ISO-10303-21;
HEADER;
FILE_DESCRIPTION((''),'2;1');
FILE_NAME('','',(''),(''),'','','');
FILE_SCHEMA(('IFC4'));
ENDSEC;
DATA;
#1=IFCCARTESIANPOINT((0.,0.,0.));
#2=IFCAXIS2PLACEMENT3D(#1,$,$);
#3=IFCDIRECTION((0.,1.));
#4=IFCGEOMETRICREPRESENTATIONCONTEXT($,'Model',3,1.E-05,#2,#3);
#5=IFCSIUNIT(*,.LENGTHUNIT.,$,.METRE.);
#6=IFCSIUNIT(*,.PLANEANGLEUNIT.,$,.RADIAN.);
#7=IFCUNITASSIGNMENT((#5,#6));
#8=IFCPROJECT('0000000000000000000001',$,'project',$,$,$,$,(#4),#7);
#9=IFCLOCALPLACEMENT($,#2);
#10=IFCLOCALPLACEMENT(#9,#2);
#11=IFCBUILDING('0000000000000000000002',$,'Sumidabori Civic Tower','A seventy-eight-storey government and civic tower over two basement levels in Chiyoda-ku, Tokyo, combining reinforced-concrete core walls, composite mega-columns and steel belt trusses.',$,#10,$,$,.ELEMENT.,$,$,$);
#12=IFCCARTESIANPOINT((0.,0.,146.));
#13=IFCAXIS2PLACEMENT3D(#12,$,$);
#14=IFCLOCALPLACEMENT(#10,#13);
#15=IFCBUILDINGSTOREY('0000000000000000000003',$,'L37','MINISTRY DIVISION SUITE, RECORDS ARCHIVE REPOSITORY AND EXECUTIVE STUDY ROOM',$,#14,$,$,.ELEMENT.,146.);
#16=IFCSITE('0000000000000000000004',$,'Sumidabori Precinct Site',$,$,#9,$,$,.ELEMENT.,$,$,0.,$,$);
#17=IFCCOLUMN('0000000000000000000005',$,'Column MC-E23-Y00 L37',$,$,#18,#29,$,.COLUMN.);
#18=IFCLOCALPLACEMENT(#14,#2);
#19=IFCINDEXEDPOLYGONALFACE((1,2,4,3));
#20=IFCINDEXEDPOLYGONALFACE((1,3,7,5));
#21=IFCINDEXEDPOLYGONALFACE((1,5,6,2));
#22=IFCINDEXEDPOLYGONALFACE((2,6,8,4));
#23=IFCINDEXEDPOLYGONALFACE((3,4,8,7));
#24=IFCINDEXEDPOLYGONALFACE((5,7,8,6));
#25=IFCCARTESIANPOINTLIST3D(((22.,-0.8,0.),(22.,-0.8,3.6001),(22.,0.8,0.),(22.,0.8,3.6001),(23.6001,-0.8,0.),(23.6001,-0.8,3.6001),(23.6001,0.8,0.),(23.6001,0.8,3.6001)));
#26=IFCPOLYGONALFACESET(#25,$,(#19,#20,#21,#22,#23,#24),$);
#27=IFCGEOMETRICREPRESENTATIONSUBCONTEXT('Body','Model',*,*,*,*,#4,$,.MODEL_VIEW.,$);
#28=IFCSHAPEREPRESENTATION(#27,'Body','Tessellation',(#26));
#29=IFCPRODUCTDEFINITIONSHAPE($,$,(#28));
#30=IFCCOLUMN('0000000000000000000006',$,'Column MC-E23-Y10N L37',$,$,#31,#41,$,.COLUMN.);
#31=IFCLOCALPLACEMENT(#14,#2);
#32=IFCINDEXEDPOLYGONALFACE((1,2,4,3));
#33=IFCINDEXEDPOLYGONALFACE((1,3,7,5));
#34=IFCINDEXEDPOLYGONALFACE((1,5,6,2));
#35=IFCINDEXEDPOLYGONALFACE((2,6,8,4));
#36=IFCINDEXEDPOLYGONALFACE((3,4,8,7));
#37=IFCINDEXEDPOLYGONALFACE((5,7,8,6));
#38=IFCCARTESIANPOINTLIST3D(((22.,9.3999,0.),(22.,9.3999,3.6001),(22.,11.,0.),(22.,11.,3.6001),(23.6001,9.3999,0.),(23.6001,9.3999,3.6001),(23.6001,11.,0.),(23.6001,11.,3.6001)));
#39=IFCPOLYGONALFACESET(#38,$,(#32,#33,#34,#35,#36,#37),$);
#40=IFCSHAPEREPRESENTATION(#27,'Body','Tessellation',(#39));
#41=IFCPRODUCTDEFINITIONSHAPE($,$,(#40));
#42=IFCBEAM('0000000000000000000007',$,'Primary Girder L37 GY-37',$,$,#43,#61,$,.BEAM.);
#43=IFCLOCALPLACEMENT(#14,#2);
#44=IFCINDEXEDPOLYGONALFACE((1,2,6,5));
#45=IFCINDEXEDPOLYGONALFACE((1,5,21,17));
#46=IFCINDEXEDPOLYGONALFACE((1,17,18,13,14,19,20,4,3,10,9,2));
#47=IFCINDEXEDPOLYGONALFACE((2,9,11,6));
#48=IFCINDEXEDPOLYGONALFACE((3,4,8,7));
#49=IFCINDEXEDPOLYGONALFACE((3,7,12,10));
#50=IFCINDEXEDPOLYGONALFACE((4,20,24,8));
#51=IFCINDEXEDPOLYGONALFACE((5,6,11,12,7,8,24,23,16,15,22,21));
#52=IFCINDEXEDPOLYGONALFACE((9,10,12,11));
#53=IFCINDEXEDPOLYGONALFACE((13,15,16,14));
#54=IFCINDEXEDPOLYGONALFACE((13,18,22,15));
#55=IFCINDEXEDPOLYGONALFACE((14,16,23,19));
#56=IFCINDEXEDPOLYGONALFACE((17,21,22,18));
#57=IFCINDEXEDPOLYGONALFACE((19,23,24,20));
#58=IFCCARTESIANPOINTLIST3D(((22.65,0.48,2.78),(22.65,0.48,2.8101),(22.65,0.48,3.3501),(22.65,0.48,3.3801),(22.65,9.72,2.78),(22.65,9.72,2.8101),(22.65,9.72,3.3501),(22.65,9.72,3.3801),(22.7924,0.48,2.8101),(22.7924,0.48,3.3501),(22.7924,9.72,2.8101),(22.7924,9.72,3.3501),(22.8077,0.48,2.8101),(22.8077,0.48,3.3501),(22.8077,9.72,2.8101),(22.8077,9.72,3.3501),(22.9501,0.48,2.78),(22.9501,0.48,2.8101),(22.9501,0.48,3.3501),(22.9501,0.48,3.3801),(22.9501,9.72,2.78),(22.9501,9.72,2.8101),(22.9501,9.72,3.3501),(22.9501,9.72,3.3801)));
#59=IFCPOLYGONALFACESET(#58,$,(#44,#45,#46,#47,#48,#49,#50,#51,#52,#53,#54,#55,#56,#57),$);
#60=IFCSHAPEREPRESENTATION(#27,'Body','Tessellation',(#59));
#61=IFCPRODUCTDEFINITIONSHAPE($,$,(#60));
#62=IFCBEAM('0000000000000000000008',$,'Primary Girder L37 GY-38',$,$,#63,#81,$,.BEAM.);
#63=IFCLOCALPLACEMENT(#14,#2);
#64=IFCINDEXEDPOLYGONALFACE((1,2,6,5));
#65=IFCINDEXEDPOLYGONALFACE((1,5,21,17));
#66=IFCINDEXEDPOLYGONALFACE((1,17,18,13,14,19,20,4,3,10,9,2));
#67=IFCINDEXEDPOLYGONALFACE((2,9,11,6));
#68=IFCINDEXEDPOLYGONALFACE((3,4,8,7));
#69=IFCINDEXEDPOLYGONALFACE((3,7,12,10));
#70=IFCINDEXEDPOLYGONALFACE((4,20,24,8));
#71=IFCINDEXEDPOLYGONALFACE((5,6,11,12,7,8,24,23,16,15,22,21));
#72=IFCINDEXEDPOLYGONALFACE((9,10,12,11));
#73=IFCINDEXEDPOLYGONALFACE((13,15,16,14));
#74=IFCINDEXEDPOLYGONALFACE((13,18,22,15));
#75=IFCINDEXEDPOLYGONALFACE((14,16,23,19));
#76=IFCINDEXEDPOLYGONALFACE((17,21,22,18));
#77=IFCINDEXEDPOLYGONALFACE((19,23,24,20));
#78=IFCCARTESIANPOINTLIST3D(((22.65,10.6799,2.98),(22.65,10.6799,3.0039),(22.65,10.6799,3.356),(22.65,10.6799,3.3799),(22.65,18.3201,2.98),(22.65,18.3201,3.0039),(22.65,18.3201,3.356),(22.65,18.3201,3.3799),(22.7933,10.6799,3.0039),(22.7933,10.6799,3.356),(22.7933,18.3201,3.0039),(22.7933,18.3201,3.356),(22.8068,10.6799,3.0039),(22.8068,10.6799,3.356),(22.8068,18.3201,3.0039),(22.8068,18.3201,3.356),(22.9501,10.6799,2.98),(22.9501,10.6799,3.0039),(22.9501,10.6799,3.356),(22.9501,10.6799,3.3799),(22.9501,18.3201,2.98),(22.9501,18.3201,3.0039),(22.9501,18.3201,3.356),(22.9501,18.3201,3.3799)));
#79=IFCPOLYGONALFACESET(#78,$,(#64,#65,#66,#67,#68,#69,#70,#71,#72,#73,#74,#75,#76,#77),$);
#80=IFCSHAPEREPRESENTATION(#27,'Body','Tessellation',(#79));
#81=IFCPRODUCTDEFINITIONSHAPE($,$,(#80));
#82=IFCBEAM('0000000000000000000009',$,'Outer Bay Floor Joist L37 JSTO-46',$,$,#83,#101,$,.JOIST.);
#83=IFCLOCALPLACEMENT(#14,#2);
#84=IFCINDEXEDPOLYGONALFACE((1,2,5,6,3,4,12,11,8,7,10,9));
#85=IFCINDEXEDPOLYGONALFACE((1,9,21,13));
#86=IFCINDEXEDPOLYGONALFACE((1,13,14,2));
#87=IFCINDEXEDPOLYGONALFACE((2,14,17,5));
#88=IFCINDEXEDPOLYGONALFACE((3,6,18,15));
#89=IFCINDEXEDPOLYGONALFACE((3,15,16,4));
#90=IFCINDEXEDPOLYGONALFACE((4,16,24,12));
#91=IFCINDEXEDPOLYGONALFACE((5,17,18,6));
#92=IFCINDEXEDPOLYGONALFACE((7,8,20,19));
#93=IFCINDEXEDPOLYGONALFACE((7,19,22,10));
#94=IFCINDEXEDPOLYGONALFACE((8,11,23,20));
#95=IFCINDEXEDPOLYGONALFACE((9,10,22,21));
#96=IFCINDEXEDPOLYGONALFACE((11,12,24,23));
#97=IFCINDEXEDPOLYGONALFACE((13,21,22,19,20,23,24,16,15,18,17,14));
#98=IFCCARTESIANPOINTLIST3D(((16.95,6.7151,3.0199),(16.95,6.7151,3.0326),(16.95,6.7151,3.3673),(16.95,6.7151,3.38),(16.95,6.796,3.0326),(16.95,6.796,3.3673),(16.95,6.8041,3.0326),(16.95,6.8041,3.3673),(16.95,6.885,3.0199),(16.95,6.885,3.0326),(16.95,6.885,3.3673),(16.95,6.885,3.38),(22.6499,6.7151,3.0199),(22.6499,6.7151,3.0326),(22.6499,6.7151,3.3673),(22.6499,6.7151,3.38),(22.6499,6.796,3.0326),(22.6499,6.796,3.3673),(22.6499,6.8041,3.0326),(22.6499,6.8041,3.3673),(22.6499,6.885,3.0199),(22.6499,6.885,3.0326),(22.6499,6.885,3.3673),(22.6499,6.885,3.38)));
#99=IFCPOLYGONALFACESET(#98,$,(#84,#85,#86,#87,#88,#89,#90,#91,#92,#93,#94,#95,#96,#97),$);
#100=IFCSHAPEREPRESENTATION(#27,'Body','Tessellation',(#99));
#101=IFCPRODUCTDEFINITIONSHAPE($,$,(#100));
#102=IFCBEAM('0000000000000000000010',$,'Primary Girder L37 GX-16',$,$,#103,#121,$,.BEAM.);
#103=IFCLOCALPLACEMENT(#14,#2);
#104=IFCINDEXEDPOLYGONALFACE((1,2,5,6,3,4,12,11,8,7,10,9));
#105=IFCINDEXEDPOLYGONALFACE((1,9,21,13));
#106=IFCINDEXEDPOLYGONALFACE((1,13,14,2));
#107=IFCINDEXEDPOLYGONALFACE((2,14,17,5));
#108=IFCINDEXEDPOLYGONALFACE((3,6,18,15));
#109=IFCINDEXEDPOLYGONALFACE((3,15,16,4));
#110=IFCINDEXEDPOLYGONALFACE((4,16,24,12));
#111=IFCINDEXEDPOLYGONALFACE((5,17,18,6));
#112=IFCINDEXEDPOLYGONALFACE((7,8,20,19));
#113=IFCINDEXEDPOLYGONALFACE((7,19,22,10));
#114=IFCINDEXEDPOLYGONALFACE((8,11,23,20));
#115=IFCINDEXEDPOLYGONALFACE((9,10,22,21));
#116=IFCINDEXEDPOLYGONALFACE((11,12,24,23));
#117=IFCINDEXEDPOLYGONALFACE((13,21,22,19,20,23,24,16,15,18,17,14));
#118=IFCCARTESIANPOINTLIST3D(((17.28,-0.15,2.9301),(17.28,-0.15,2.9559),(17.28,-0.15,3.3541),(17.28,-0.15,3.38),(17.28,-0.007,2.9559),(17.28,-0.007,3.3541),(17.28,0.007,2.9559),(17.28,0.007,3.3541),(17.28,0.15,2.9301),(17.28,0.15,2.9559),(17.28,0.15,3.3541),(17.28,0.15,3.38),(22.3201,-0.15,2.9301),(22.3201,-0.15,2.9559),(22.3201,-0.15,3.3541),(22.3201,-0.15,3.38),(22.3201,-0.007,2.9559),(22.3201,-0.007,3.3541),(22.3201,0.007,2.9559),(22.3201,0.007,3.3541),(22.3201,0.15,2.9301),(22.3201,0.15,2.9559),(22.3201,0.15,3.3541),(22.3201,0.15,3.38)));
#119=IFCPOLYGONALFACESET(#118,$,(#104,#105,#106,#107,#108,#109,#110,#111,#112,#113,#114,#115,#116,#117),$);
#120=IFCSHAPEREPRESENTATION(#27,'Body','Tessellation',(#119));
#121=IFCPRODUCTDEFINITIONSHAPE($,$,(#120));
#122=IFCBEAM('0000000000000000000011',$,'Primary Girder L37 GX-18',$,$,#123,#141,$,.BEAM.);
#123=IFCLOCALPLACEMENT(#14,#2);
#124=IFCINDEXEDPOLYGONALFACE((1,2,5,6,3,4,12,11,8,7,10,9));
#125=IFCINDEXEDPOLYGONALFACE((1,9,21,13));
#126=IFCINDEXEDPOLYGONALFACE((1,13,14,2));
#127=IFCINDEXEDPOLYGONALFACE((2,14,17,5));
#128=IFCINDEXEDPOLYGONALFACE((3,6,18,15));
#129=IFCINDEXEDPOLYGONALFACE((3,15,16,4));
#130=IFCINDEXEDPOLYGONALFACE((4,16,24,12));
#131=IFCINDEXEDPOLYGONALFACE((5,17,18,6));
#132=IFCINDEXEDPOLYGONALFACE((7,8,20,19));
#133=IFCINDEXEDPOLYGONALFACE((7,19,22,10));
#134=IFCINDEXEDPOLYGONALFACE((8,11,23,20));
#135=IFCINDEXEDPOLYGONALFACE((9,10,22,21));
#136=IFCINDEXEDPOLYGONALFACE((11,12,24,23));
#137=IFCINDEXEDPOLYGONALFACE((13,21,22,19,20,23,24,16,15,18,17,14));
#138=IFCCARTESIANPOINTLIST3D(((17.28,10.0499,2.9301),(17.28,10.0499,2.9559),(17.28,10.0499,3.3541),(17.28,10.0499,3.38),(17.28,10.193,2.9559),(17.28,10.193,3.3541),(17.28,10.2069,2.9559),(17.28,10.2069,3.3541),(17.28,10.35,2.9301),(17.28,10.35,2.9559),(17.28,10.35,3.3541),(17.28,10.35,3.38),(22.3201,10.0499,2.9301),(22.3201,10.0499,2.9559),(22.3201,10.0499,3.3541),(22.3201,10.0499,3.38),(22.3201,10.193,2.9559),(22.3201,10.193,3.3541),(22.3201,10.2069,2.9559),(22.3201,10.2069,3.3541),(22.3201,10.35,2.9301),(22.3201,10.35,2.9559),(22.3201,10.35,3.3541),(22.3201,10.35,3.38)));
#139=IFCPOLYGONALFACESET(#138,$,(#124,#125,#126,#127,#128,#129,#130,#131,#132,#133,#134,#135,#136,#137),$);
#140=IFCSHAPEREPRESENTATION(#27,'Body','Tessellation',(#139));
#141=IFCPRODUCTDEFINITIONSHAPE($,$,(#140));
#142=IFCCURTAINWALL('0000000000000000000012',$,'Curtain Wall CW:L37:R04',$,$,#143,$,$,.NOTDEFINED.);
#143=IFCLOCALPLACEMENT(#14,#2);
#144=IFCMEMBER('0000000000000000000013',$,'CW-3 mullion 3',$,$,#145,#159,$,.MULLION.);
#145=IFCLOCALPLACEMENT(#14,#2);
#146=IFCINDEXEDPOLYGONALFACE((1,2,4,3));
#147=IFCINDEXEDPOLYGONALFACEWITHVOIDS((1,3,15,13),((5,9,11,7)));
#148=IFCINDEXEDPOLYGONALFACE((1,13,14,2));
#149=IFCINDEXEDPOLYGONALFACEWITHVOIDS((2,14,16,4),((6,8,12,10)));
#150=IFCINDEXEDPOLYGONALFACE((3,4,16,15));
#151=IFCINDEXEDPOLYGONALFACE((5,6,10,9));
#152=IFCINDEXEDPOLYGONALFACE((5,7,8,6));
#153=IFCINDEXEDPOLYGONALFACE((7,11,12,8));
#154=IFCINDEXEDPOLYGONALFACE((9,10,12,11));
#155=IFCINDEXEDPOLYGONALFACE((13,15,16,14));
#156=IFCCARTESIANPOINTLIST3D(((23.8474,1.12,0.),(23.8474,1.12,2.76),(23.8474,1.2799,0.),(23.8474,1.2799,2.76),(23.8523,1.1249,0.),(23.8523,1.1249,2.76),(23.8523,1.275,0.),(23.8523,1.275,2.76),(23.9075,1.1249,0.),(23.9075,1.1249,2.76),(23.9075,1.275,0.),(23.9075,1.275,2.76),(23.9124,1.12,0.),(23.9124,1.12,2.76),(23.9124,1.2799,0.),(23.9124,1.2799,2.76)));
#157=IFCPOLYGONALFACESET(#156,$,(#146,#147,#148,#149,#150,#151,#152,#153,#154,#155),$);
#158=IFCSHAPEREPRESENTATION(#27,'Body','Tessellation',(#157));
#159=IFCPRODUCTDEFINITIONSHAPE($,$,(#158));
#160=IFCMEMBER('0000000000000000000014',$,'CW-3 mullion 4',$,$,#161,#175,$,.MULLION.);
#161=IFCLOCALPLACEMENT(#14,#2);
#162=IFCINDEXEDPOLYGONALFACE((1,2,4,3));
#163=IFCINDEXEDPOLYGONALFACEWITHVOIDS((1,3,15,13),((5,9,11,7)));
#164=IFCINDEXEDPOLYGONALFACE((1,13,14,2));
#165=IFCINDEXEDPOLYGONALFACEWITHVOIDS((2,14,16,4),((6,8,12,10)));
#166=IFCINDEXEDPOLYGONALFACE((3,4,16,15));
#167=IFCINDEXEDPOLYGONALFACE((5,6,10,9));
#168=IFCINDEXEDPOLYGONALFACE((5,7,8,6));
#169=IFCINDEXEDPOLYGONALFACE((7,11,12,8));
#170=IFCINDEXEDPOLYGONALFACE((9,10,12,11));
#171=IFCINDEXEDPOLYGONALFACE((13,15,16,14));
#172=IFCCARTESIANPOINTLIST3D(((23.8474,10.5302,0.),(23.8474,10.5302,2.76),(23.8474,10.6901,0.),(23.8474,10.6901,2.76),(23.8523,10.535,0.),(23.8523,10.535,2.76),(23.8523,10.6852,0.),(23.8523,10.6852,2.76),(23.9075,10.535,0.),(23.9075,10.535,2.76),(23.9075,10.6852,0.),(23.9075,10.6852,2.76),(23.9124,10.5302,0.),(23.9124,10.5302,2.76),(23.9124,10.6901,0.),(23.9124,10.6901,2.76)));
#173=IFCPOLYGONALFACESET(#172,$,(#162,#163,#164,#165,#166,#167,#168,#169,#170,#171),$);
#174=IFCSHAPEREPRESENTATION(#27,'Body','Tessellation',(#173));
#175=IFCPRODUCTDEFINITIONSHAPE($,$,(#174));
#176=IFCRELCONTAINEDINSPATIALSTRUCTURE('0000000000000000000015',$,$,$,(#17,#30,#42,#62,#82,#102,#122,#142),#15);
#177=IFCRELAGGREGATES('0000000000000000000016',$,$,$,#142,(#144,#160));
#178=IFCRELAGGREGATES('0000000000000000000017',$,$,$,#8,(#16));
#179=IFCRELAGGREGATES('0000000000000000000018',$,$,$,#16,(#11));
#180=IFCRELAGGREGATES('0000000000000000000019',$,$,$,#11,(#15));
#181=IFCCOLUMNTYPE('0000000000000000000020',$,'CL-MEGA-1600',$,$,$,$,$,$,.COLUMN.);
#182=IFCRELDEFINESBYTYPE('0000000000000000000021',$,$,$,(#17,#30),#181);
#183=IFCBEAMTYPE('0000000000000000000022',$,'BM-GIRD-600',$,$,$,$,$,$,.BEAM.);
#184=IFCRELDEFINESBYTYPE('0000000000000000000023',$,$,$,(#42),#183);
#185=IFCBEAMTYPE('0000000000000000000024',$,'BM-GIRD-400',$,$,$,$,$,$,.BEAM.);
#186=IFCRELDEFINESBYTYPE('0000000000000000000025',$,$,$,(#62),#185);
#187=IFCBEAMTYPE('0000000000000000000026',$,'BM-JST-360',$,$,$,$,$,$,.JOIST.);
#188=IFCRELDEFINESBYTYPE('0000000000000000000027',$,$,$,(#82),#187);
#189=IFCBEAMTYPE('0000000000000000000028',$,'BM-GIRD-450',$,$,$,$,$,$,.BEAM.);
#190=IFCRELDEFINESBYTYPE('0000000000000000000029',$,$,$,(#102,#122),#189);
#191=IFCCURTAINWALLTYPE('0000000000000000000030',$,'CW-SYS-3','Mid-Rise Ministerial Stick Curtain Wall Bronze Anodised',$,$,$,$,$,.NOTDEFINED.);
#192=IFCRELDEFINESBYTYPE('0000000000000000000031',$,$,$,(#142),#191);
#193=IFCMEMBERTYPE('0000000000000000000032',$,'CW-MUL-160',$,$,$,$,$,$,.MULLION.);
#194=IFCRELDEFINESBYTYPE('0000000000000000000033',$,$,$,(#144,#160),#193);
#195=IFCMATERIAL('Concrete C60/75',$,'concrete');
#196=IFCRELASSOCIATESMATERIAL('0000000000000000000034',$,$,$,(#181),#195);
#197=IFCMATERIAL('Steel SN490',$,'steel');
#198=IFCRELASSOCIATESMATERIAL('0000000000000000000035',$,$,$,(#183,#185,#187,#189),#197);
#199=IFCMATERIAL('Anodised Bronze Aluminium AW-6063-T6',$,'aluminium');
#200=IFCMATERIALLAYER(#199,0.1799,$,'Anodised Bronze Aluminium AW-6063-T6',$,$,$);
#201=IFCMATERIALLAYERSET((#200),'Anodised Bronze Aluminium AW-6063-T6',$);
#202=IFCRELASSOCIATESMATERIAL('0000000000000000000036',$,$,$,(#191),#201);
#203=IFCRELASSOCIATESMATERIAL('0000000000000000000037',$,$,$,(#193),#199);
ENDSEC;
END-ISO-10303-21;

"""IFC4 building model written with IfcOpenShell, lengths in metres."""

from ifc_helpers import new_model, si_unit, direction, frame, origin, origin_2d, place, context, subcontext, project, spatial, rectangle, hollow_rectangle, i_section, extrude, source, transform, mapped, material, layer, layer_set, material_profile, profile_set, type_object, element, aggregate, save


model = new_model("IFC4")

# Units and contexts
model_context = context("Model", 3, precision=1e-05, world=origin(), true_north=direction((0.0, 1.0)))
body_context = subcontext(model_context, "Body", "Model", "MODEL_VIEW")
ifc_project = project(units=[si_unit("LENGTHUNIT", "METRE"), si_unit("PLANEANGLEUNIT", "RADIAN")], contexts=[model_context])

# Site, building, storey
site_placement = place(None, origin())
site = spatial("IfcSite", under=ifc_project, at=site_placement, Name="Sumidabori Precinct Site", CompositionType="ELEMENT", RefElevation=0.0)
building_placement = place(site_placement, origin())
building = spatial("IfcBuilding", under=site, at=building_placement, Name="Sumidabori Civic Tower", Description="A seventy-eight-storey government and civic tower over two basement levels in Chiyoda-ku, Tokyo, combining reinforced-concrete core walls, composite mega-columns and steel belt trusses.", CompositionType="ELEMENT")
storey_placement = place(building_placement, frame((0.0, 0.0, 146.0)))
storey = spatial("IfcBuildingStorey", under=building, at=storey_placement, Name="L37", Description="MINISTRY DIVISION SUITE, RECORDS ARCHIVE REPOSITORY AND EXECUTIVE STUDY ROOM", CompositionType="ELEMENT", Elevation=146.0)

# Columns
ifc_material_1 = material(Name="Concrete C60/75", Category="concrete")
ifc_material_profile_1 = material_profile(ifc_material_1, rectangle(XDim=1.6001, YDim=1.6001, at=origin_2d()), Name="RC 1600x1600")
ifc_profile_set_1 = profile_set([ifc_material_profile_1], Name="Concrete C60/75")
column_type = type_object("IfcColumnType", Name="CL-MEGA-1600", PredefinedType="COLUMN", material=ifc_profile_set_1)
shared_shape_1 = source(origin(), body_context, "Body", "SweptSolid", [
    extrude(rectangle(XDim=1.6001, YDim=1.6001, at=origin_2d()), origin(), (0.0, 0.0, 1.0), 3.6001),
])
for number, where, z_axis, x_axis, name in (
    (1, (22.8, 0.0, 0.0), (0.0, 0.0, 1.0), (1.0, 0.0, 0.0), "Column MC-E23-Y00 L37"),
    (2, (22.8, 10.2, 0.0), (0.0, 0.0, 1.0), (1.0, 0.0, 0.0), "Column MC-E23-Y10N L37"),
):
    element("IfcColumn", number, at=place(storey_placement, frame(where, z_axis=z_axis, x_axis=x_axis)), inside=storey, type_object=column_type, Name=name, PredefinedType="COLUMN", context=body_context, shape_type="MappedRepresentation", body=[
        mapped(shared_shape_1, transform((0.0, 0.0, 0.0), x_axis=(1.0, 0.0, 0.0), y_axis=(0.0, 1.0, 0.0), z_axis=(0.0, 0.0, 1.0), scale=1.0)),
    ])

# Beams
ifc_material_2 = material(Name="Steel SN490", Category="steel")
ifc_material_profile_2 = material_profile(ifc_material_2, i_section(OverallWidth=0.3, OverallDepth=0.6001, WebThickness=0.0154, FlangeThickness=0.03, at=origin_2d()), Name="HE 600 B")
ifc_profile_set_2 = profile_set([ifc_material_profile_2], Name="Steel SN490")
beam_type_1 = type_object("IfcBeamType", Name="BM-GIRD-600", PredefinedType="BEAM", material=ifc_profile_set_2)
shared_shape_2 = source(origin(), body_context, "Body", "SweptSolid", [
    extrude(i_section(OverallWidth=0.3, OverallDepth=0.6001, WebThickness=0.0154, FlangeThickness=0.03, at=origin_2d()), origin(), (0.0, 0.0, 1.0), 9.24),
])
beam_1_placement = place(storey_placement, frame((22.8, 0.48, 3.0801), z_axis=(0.0, 1.0, 0.0), x_axis=(-1.0, 0.0, 0.0)))
element("IfcBeam", 3, at=beam_1_placement, inside=storey, type_object=beam_type_1, Name="Primary Girder L37 GY-37", PredefinedType="BEAM", context=body_context, shape_type="MappedRepresentation", body=[
    mapped(shared_shape_2, transform((0.0, 0.0, 0.0), x_axis=(1.0, 0.0, 0.0), y_axis=(0.0, 1.0, 0.0), z_axis=(0.0, 0.0, 1.0), scale=1.0)),
])
ifc_material_profile_3 = material_profile(ifc_material_2, i_section(OverallWidth=0.3, OverallDepth=0.3999, WebThickness=0.0134, FlangeThickness=0.0239, at=origin_2d()), Name="HE 400 B")
ifc_profile_set_3 = profile_set([ifc_material_profile_3], Name="Steel SN490")
beam_type_2 = type_object("IfcBeamType", Name="BM-GIRD-400", PredefinedType="BEAM", material=ifc_profile_set_3)
shared_shape_3 = source(origin(), body_context, "Body", "SweptSolid", [
    extrude(i_section(OverallWidth=0.3, OverallDepth=0.3999, WebThickness=0.0134, FlangeThickness=0.0239, at=origin_2d()), origin(), (0.0, 0.0, 1.0), 7.6401),
])
beam_2_placement = place(storey_placement, frame((22.8, 10.6799, 3.1799), z_axis=(0.0, 1.0, 0.0), x_axis=(-1.0, 0.0, 0.0)))
element("IfcBeam", 4, at=beam_2_placement, inside=storey, type_object=beam_type_2, Name="Primary Girder L37 GY-38", PredefinedType="BEAM", context=body_context, shape_type="MappedRepresentation", body=[
    mapped(shared_shape_3, transform((0.0, 0.0, 0.0), x_axis=(1.0, 0.0, 0.0), y_axis=(0.0, 1.0, 0.0), z_axis=(0.0, 0.0, 1.0), scale=1.0)),
])
ifc_material_profile_4 = material_profile(ifc_material_2, i_section(OverallWidth=0.1699, OverallDepth=0.3601, WebThickness=0.0081, FlangeThickness=0.0127, at=origin_2d()), Name="IPE 360")
ifc_profile_set_4 = profile_set([ifc_material_profile_4], Name="Steel SN490")
beam_type_3 = type_object("IfcBeamType", Name="BM-JST-360", PredefinedType="JOIST", material=ifc_profile_set_4)
shared_shape_4 = source(origin(), body_context, "Body", "SweptSolid", [
    extrude(i_section(OverallWidth=0.1699, OverallDepth=0.3601, WebThickness=0.0081, FlangeThickness=0.0127, at=origin_2d()), origin(), (0.0, 0.0, 1.0), 5.7),
])
beam_3_placement = place(storey_placement, frame((16.95, 6.8, 3.2), z_axis=(1.0, 0.0, 0.0), x_axis=(0.0, 1.0, 0.0)))
element("IfcBeam", 5, at=beam_3_placement, inside=storey, type_object=beam_type_3, Name="Outer Bay Floor Joist L37 JSTO-46", PredefinedType="JOIST", context=body_context, shape_type="MappedRepresentation", body=[
    mapped(shared_shape_4, transform((0.0, 0.0, 0.0), x_axis=(1.0, 0.0, 0.0), y_axis=(0.0, 1.0, 0.0), z_axis=(0.0, 0.0, 1.0), scale=1.0)),
])
ifc_material_profile_5 = material_profile(ifc_material_2, i_section(OverallWidth=0.3, OverallDepth=0.45, WebThickness=0.0139, FlangeThickness=0.0259, at=origin_2d()), Name="HE 450 B")
ifc_profile_set_5 = profile_set([ifc_material_profile_5], Name="Steel SN490")
beam_type_4 = type_object("IfcBeamType", Name="BM-GIRD-450", PredefinedType="BEAM", material=ifc_profile_set_5)
shared_shape_5 = source(origin(), body_context, "Body", "SweptSolid", [
    extrude(i_section(OverallWidth=0.3, OverallDepth=0.45, WebThickness=0.0139, FlangeThickness=0.0259, at=origin_2d()), origin(), (0.0, 0.0, 1.0), 5.04),
])
for number, where, z_axis, x_axis, name in (
    (6, (17.28, 0.0, 3.155), (1.0, 0.0, 0.0), (0.0, 1.0, 0.0), "Primary Girder L37 GX-16"),
    (7, (17.28, 10.2, 3.155), (1.0, 0.0, 0.0), (0.0, 1.0, 0.0), "Primary Girder L37 GX-18"),
):
    element("IfcBeam", number, at=place(storey_placement, frame(where, z_axis=z_axis, x_axis=x_axis)), inside=storey, type_object=beam_type_4, Name=name, PredefinedType="BEAM", context=body_context, shape_type="MappedRepresentation", body=[
        mapped(shared_shape_5, transform((0.0, 0.0, 0.0), x_axis=(1.0, 0.0, 0.0), y_axis=(0.0, 1.0, 0.0), z_axis=(0.0, 0.0, 1.0), scale=1.0)),
    ])

# Curtain wall, members
ifc_material_3 = material(Name="Anodised Bronze Aluminium AW-6063-T6", Category="aluminium")
ifc_layer_1 = layer(ifc_material_3, 0.1799, Name="Anodised Bronze Aluminium AW-6063-T6")
ifc_layer_set_1 = layer_set([ifc_layer_1], Name="Anodised Bronze Aluminium AW-6063-T6")
curtain_wall_type = type_object("IfcCurtainWallType", Name="CW-SYS-3", Description="Mid-Rise Ministerial Stick Curtain Wall Bronze Anodised", PredefinedType="NOTDEFINED", material=ifc_layer_set_1)
curtain_wall_placement = place(storey_placement, origin())
curtain_wall = element("IfcCurtainWall", 8, at=curtain_wall_placement, inside=storey, type_object=curtain_wall_type, Name="Curtain Wall CW:L37:R04", PredefinedType="NOTDEFINED")
ifc_material_profile_6 = material_profile(ifc_material_3, hollow_rectangle(XDim=0.0649, YDim=0.1599, WallThickness=0.0049, at=origin_2d()), Name="ALU MULLION 160x65")
ifc_profile_set_6 = profile_set([ifc_material_profile_6], Name="Anodised Bronze Aluminium AW-6063-T6")
member_type_1 = type_object("IfcMemberType", Name="CW-MUL-160", PredefinedType="MULLION", material=ifc_profile_set_6)
shared_shape_6 = source(origin(), body_context, "Body", "SweptSolid", [
    extrude(hollow_rectangle(XDim=0.0649, YDim=0.1599, WallThickness=0.0049, at=origin_2d()), origin(), (0.0, 0.0, 1.0), 2.76),
])
member_1_placement = place(storey_placement, frame((23.8799, 1.2, 0.0), z_axis=(0.0, 0.0, 1.0), x_axis=(-1.0, 0.0, 0.0)))
member_1 = element("IfcMember", 9, at=member_1_placement, type_object=member_type_1, Name="CW-3 mullion 3", PredefinedType="MULLION", context=body_context, shape_type="MappedRepresentation", body=[
    mapped(shared_shape_6, transform((0.0, 0.0, 0.0), x_axis=(1.0, 0.0, 0.0), y_axis=(0.0, 1.0, 0.0), z_axis=(0.0, 0.0, 1.0), scale=1.0)),
])
member_2_placement = place(storey_placement, frame((23.8799, 10.6101, 0.0), z_axis=(0.0, 0.0, 1.0), x_axis=(-1.0, 0.0, 0.0)))
member_2 = element("IfcMember", 10, at=member_2_placement, type_object=member_type_1, Name="CW-3 mullion 4", PredefinedType="MULLION", context=body_context, shape_type="MappedRepresentation", body=[
    mapped(shared_shape_6, transform((0.0, 0.0, 0.0), x_axis=(1.0, 0.0, 0.0), y_axis=(0.0, 1.0, 0.0), z_axis=(0.0, 0.0, 1.0), scale=1.0)),
])
aggregate(curtain_wall, [member_1, member_2])

save(model, "model.ifc")
